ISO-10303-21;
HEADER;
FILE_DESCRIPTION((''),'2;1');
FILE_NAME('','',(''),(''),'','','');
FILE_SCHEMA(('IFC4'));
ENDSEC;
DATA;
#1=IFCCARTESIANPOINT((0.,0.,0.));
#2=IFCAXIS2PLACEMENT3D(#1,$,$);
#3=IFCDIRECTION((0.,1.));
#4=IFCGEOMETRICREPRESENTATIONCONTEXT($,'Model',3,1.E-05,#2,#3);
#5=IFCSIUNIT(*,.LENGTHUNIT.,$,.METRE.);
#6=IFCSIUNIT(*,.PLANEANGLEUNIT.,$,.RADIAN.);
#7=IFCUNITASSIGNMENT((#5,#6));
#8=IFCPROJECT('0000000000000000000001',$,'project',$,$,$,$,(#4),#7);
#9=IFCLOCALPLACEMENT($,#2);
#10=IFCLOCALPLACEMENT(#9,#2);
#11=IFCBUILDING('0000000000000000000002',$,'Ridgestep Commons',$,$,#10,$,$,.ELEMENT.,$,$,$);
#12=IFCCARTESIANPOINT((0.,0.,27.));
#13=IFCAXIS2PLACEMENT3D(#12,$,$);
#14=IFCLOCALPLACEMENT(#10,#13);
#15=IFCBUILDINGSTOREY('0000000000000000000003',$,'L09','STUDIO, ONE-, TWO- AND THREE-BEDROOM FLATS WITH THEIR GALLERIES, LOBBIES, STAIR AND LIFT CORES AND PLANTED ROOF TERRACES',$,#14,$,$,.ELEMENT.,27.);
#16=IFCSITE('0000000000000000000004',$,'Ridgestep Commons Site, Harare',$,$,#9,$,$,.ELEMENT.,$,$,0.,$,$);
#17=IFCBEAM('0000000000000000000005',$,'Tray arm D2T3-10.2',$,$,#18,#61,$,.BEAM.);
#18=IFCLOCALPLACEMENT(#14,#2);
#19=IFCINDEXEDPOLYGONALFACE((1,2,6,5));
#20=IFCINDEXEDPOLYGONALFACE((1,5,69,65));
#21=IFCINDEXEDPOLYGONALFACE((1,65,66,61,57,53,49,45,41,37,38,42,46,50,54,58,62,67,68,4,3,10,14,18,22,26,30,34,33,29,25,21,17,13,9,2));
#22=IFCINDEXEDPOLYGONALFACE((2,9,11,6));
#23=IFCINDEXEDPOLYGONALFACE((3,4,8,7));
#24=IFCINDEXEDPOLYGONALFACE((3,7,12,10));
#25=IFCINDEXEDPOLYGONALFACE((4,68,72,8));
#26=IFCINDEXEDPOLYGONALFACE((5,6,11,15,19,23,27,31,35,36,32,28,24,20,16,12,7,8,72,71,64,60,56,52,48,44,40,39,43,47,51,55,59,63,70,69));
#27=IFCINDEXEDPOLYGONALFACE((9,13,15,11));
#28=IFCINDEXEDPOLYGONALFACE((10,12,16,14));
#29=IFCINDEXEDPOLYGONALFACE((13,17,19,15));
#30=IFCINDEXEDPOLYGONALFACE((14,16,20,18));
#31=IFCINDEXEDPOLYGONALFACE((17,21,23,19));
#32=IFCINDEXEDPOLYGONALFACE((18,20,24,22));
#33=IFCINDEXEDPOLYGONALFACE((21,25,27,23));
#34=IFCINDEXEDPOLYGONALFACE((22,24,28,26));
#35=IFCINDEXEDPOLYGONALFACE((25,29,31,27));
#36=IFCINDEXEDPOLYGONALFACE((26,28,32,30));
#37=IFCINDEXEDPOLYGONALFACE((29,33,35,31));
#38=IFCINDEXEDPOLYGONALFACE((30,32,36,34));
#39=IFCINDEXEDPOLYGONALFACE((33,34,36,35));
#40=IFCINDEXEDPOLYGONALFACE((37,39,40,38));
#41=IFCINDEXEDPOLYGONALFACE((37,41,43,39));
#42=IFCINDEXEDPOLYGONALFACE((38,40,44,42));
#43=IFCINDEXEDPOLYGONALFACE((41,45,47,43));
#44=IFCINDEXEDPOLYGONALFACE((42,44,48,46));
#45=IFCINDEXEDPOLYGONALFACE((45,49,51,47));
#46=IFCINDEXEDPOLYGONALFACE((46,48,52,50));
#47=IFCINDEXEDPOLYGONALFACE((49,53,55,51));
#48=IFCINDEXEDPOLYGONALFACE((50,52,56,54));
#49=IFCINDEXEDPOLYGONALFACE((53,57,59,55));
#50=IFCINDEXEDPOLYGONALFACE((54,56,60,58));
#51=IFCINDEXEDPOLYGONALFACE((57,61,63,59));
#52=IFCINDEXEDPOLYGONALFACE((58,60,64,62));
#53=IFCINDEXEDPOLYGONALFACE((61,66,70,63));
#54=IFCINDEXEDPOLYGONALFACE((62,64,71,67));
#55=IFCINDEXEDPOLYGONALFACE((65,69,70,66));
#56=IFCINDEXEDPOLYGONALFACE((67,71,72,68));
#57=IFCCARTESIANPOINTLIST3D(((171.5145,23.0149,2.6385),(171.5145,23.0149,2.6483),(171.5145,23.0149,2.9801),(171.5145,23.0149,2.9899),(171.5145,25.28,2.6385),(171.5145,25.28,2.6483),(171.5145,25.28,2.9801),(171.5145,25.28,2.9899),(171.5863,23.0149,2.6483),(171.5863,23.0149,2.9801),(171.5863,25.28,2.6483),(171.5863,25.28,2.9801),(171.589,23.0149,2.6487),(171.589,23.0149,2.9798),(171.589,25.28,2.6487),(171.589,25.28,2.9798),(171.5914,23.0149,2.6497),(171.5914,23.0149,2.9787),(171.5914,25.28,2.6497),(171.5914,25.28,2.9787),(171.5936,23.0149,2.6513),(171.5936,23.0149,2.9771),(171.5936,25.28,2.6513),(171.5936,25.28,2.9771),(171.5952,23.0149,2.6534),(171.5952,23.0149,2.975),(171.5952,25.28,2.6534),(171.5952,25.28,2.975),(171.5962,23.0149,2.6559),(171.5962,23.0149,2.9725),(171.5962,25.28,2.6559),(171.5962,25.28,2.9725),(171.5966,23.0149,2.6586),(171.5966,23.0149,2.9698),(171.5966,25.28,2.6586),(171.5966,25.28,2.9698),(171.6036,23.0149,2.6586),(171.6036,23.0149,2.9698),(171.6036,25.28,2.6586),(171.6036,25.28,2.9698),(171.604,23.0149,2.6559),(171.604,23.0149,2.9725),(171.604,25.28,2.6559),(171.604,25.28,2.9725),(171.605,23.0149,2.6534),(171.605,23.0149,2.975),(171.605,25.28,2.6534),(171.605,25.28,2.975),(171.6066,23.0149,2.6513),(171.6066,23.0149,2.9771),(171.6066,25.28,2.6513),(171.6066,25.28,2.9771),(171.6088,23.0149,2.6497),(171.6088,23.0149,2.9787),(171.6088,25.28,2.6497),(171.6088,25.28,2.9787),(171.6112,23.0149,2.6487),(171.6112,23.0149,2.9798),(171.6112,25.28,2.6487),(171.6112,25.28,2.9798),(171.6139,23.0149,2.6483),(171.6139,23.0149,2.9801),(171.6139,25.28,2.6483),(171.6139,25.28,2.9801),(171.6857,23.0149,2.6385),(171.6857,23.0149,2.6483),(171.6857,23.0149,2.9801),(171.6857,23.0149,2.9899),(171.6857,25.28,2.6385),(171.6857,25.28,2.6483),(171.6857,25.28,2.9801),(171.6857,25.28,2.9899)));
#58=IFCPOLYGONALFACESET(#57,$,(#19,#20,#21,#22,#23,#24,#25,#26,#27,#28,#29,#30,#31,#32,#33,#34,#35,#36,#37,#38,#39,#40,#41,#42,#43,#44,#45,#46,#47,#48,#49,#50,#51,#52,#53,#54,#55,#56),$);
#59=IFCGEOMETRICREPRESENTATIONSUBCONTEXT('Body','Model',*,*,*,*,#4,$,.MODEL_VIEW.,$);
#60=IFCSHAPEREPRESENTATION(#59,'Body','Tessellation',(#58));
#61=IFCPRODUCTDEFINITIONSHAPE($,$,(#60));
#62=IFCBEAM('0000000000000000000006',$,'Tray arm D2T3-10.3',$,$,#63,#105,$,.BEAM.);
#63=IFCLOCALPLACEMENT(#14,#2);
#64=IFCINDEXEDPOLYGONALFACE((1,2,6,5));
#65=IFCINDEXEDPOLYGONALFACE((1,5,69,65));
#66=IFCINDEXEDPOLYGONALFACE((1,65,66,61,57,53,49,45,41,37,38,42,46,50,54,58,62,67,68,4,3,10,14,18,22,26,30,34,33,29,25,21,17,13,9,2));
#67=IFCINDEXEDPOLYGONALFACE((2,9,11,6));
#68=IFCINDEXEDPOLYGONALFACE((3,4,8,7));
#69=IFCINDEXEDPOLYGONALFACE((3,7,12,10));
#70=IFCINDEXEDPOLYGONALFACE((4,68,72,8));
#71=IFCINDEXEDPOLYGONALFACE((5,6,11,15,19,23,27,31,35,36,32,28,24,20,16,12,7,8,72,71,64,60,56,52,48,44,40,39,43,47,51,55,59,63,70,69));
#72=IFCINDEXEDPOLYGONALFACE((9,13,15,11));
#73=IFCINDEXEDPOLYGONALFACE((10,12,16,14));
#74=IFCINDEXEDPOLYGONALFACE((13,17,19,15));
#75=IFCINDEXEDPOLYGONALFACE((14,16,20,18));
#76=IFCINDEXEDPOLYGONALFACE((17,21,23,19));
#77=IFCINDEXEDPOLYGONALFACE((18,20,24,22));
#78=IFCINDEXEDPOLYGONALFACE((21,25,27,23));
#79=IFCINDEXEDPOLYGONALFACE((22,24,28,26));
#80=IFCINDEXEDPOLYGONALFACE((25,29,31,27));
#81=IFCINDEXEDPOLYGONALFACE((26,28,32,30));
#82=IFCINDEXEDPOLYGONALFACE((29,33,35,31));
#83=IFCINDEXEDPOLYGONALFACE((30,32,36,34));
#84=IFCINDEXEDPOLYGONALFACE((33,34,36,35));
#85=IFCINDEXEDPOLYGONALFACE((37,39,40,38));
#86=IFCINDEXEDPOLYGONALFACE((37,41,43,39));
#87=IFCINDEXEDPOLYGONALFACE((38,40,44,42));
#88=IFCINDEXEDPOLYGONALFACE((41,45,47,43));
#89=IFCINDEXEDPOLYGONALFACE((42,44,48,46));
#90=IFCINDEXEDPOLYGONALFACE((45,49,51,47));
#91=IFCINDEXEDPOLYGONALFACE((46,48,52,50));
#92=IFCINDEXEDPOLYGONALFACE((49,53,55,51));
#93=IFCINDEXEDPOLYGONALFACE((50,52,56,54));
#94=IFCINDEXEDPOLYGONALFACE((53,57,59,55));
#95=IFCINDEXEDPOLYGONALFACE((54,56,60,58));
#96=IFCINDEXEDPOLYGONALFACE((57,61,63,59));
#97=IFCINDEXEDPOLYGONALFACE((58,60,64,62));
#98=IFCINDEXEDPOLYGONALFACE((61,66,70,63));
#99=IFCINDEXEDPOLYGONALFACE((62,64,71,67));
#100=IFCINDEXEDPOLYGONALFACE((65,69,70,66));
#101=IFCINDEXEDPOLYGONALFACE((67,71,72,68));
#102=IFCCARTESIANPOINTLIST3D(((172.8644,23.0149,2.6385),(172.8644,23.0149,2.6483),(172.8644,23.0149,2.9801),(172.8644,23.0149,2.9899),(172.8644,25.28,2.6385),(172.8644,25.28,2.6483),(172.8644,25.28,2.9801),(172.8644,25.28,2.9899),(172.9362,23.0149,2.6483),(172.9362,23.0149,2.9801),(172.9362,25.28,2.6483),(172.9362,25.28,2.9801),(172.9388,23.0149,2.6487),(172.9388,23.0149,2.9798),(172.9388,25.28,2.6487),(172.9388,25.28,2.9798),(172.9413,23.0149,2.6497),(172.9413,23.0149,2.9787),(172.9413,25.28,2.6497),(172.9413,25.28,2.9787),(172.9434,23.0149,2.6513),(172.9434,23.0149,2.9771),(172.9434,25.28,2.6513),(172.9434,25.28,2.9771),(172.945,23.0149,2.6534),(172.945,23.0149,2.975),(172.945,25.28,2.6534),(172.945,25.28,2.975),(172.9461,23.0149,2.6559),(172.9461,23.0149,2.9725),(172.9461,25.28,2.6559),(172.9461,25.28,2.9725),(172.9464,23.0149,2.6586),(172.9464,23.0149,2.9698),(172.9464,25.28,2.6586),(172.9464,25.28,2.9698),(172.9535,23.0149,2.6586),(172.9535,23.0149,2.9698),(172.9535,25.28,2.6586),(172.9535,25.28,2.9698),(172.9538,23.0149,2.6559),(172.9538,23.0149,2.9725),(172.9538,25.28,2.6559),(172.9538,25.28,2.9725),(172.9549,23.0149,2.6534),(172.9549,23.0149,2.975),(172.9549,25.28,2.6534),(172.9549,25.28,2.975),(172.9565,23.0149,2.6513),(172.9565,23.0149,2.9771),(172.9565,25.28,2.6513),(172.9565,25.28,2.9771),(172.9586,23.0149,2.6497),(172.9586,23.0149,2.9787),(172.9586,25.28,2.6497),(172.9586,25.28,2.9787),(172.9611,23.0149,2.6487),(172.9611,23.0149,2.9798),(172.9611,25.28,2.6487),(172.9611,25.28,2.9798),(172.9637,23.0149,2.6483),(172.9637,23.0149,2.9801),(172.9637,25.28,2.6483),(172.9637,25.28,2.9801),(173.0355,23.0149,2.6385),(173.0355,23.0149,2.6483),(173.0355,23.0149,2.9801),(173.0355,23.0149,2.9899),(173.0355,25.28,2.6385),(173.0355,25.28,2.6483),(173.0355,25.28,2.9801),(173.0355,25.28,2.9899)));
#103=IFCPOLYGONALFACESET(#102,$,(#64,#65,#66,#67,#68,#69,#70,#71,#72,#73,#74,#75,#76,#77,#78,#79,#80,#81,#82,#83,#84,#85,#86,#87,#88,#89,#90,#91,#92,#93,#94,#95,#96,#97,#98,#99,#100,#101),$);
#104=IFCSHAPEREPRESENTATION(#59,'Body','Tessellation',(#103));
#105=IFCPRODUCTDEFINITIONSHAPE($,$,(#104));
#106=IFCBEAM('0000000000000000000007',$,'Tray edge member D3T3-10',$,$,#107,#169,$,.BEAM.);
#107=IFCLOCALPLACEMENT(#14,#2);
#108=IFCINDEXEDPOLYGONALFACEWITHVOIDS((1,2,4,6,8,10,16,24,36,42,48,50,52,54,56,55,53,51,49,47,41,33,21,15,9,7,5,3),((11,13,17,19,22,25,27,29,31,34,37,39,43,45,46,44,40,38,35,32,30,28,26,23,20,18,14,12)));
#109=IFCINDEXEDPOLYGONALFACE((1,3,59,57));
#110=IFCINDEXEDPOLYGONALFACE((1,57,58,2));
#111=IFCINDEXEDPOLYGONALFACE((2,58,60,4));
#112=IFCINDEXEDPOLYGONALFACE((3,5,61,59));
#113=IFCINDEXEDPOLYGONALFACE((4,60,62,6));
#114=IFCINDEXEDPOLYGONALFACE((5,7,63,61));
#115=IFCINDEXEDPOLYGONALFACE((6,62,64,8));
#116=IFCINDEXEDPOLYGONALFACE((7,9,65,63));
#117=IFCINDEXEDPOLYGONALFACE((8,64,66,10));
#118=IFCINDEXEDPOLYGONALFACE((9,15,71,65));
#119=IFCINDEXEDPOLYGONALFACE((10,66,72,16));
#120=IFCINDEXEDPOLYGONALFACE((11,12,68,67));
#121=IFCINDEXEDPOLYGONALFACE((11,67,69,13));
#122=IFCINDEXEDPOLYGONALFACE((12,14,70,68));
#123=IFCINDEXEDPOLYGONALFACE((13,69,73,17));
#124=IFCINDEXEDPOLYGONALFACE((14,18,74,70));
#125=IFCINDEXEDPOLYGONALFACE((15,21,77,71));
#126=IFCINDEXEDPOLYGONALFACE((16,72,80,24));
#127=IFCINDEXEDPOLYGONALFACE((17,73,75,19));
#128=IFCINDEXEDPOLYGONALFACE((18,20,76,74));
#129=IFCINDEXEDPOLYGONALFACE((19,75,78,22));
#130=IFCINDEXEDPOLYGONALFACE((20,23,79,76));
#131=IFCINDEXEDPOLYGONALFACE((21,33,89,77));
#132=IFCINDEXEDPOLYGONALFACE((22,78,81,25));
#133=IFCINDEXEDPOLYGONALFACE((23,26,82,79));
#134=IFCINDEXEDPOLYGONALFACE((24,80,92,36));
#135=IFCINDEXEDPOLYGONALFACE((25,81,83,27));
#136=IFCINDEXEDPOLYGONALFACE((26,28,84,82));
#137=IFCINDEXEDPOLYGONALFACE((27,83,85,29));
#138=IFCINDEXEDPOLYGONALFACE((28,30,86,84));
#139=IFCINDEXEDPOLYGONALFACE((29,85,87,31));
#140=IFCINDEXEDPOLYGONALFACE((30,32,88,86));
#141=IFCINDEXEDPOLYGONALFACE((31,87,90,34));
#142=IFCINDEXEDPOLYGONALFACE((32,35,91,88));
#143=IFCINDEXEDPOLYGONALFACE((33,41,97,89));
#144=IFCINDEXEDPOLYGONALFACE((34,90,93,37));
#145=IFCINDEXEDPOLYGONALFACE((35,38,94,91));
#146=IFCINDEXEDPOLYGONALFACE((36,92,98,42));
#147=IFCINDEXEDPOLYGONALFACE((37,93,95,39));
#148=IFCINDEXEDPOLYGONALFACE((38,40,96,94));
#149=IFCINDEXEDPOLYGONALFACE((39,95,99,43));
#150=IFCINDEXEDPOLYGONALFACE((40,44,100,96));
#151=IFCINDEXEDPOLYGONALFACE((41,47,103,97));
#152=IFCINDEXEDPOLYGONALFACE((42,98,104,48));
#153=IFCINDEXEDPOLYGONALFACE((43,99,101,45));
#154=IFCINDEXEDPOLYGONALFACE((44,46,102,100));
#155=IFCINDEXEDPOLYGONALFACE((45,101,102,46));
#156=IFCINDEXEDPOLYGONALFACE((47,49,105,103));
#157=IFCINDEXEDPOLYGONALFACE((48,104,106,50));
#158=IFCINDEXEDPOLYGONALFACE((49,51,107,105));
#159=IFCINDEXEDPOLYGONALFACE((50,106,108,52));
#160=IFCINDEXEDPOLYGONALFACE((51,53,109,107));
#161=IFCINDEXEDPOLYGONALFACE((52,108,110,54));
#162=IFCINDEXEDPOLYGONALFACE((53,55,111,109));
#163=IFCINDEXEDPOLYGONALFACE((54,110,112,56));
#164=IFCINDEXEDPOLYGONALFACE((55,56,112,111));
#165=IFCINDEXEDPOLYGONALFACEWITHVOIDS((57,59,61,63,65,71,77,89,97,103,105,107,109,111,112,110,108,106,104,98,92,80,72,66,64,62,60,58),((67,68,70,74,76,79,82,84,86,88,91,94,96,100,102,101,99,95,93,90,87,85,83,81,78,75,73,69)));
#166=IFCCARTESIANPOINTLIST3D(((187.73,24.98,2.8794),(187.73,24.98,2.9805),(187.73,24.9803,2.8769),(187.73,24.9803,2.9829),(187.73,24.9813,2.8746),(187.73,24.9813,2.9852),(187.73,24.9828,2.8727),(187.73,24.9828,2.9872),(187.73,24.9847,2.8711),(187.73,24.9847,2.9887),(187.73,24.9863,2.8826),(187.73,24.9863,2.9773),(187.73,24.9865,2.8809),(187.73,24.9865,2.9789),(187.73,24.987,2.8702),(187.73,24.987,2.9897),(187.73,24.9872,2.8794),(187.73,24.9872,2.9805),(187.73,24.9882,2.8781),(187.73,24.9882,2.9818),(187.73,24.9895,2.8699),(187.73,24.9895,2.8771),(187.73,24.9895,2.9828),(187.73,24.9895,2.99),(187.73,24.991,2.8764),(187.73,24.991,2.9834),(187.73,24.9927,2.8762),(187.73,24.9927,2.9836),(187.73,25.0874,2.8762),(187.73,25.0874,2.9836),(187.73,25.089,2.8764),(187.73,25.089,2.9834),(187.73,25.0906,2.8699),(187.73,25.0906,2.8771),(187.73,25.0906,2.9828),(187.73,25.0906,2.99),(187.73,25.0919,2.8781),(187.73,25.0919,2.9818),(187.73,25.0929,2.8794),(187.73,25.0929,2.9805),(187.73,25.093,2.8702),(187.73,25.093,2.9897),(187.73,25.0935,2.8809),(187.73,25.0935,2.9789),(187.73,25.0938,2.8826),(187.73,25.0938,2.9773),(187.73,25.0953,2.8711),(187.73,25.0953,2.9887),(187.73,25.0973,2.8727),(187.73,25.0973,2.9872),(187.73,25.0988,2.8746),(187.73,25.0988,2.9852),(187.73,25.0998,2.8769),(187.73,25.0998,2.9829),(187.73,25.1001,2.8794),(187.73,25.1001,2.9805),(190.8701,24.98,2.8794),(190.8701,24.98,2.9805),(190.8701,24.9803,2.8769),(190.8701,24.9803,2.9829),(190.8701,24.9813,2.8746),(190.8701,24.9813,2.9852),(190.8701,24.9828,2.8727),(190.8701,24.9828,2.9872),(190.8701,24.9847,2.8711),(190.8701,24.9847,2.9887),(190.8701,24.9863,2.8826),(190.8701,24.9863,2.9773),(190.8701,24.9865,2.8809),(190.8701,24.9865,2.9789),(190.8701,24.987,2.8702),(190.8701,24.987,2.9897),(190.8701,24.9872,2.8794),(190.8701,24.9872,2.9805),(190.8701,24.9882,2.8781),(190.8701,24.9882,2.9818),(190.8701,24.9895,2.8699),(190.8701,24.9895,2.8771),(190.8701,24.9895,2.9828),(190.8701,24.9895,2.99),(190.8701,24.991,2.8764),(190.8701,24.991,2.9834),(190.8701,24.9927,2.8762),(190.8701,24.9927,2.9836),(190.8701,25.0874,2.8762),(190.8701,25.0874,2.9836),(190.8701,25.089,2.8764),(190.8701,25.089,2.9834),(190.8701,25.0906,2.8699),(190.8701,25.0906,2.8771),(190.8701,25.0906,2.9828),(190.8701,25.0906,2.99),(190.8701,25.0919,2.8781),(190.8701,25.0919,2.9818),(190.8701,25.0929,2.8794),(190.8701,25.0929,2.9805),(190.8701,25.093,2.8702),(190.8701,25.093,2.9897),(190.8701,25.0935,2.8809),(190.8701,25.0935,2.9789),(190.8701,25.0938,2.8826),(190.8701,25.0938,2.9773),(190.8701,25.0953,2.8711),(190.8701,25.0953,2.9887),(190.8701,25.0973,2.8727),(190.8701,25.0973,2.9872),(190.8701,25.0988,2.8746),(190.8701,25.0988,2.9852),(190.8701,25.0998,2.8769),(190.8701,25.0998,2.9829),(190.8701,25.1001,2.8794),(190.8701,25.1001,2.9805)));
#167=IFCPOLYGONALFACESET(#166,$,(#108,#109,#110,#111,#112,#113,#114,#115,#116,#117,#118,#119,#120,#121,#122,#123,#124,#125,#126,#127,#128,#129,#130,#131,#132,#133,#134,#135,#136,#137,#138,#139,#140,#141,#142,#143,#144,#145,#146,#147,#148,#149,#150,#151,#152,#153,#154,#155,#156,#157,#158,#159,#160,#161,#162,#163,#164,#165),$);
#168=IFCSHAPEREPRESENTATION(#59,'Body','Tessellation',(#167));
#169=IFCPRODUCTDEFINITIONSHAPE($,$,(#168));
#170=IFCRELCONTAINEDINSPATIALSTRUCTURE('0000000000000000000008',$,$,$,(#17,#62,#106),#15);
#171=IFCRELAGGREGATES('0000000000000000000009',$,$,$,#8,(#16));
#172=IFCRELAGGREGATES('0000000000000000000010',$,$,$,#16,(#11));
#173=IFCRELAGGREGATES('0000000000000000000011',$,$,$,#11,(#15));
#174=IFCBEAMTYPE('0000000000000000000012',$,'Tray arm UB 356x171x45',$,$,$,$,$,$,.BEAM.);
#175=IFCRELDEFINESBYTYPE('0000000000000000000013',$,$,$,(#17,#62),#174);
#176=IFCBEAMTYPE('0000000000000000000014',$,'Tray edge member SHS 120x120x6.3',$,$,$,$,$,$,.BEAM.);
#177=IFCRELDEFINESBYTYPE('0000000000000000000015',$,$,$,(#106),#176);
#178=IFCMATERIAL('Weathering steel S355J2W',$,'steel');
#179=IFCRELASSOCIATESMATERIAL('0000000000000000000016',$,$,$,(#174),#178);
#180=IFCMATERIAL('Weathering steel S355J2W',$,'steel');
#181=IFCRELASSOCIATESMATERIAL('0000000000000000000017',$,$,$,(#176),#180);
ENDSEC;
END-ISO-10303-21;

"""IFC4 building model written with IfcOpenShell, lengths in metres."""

from ifc_helpers import new_model, si_unit, direction, frame, origin, origin_2d, place, context, subcontext, project, spatial, hollow_rectangle, i_section, extrude, material, material_profile, profile_set, type_object, element, save


model = new_model("IFC4")

# Units and contexts
model_context = context("Model", 3, precision=1e-05, world=origin(), true_north=direction((0.0, 1.0)))
body_context = subcontext(model_context, "Body", "Model", "MODEL_VIEW")
ifc_project = project(units=[si_unit("LENGTHUNIT", "METRE"), si_unit("PLANEANGLEUNIT", "RADIAN")], contexts=[model_context])

# Site, building, storey
site_placement = place(None, origin())
site = spatial("IfcSite", under=ifc_project, at=site_placement, Name="Ridgestep Commons Site, Harare", CompositionType="ELEMENT", RefElevation=0.0)
building_placement = place(site_placement, origin())
building = spatial("IfcBuilding", under=site, at=building_placement, Name="Ridgestep Commons", CompositionType="ELEMENT")
storey_placement = place(building_placement, frame((0.0, 0.0, 27.0)))
storey = spatial("IfcBuildingStorey", under=building, at=storey_placement, Name="L09", Description="STUDIO, ONE-, TWO- AND THREE-BEDROOM FLATS WITH THEIR GALLERIES, LOBBIES, STAIR AND LIFT CORES AND PLANTED ROOF TERRACES", CompositionType="ELEMENT", Elevation=27.0)

# Beams
ifc_material_1 = material(Name="Weathering steel S355J2W", Category="steel")
ifc_material_profile_1 = material_profile(ifc_material_1, i_section(OverallWidth=0.1711, OverallDepth=0.3513, WebThickness=0.0071, FlangeThickness=0.0098, FilletRadius=0.0103, at=origin_2d()), Name="UB 356x171x45")
ifc_profile_set_1 = profile_set([ifc_material_profile_1], Name="Weathering steel S355J2W")
beam_type_1 = type_object("IfcBeamType", Name="Tray arm UB 356x171x45", PredefinedType="BEAM", material=ifc_profile_set_1)
for number, where, z_axis, x_axis, name in (
    (1, (171.6001, 23.0149, 2.8142), (0.0, 1.0, 0.0), (-1.0, 0.0, 0.0), "Tray arm D2T3-10.2"),
    (2, (172.95, 23.0149, 2.8142), (0.0, 1.0, 0.0), (-1.0, 0.0, 0.0), "Tray arm D2T3-10.3"),
):
    element("IfcBeam", number, at=place(storey_placement, frame(where, z_axis=z_axis, x_axis=x_axis)), inside=storey, type_object=beam_type_1, Name=name, PredefinedType="BEAM", context=body_context, shape_type="SweptSolid", body=[
        extrude(i_section(OverallWidth=0.1711, OverallDepth=0.3513, WebThickness=0.0071, FlangeThickness=0.0098, FilletRadius=0.0103, at=origin_2d()), origin(), (0.0, 0.0, 1.0), 2.2651),
    ])
ifc_material_2 = material(Name="Weathering steel S355J2W", Category="steel")
ifc_material_profile_2 = material_profile(ifc_material_2, hollow_rectangle(XDim=0.1201, YDim=0.1201, WallThickness=0.0063, InnerFilletRadius=0.0063, OuterFilletRadius=0.0095, at=origin_2d()), Name="SHS 120x120x6.3")
ifc_profile_set_2 = profile_set([ifc_material_profile_2], Name="Weathering steel S355J2W")
beam_type_2 = type_object("IfcBeamType", Name="Tray edge member SHS 120x120x6.3", PredefinedType="BEAM", material=ifc_profile_set_2)
beam_1_placement = place(storey_placement, frame((187.73, 25.04, 2.9299), z_axis=(1.0, 0.0, 0.0), x_axis=(0.0, 0.0, 1.0)))
element("IfcBeam", 3, at=beam_1_placement, inside=storey, type_object=beam_type_2, Name="Tray edge member D3T3-10", PredefinedType="BEAM", context=body_context, shape_type="SweptSolid", body=[
    extrude(hollow_rectangle(XDim=0.1201, YDim=0.1201, WallThickness=0.0063, InnerFilletRadius=0.0063, OuterFilletRadius=0.0095, at=origin_2d()), origin(), (0.0, 0.0, 1.0), 3.1401),
])

save(model, "model.ifc")
